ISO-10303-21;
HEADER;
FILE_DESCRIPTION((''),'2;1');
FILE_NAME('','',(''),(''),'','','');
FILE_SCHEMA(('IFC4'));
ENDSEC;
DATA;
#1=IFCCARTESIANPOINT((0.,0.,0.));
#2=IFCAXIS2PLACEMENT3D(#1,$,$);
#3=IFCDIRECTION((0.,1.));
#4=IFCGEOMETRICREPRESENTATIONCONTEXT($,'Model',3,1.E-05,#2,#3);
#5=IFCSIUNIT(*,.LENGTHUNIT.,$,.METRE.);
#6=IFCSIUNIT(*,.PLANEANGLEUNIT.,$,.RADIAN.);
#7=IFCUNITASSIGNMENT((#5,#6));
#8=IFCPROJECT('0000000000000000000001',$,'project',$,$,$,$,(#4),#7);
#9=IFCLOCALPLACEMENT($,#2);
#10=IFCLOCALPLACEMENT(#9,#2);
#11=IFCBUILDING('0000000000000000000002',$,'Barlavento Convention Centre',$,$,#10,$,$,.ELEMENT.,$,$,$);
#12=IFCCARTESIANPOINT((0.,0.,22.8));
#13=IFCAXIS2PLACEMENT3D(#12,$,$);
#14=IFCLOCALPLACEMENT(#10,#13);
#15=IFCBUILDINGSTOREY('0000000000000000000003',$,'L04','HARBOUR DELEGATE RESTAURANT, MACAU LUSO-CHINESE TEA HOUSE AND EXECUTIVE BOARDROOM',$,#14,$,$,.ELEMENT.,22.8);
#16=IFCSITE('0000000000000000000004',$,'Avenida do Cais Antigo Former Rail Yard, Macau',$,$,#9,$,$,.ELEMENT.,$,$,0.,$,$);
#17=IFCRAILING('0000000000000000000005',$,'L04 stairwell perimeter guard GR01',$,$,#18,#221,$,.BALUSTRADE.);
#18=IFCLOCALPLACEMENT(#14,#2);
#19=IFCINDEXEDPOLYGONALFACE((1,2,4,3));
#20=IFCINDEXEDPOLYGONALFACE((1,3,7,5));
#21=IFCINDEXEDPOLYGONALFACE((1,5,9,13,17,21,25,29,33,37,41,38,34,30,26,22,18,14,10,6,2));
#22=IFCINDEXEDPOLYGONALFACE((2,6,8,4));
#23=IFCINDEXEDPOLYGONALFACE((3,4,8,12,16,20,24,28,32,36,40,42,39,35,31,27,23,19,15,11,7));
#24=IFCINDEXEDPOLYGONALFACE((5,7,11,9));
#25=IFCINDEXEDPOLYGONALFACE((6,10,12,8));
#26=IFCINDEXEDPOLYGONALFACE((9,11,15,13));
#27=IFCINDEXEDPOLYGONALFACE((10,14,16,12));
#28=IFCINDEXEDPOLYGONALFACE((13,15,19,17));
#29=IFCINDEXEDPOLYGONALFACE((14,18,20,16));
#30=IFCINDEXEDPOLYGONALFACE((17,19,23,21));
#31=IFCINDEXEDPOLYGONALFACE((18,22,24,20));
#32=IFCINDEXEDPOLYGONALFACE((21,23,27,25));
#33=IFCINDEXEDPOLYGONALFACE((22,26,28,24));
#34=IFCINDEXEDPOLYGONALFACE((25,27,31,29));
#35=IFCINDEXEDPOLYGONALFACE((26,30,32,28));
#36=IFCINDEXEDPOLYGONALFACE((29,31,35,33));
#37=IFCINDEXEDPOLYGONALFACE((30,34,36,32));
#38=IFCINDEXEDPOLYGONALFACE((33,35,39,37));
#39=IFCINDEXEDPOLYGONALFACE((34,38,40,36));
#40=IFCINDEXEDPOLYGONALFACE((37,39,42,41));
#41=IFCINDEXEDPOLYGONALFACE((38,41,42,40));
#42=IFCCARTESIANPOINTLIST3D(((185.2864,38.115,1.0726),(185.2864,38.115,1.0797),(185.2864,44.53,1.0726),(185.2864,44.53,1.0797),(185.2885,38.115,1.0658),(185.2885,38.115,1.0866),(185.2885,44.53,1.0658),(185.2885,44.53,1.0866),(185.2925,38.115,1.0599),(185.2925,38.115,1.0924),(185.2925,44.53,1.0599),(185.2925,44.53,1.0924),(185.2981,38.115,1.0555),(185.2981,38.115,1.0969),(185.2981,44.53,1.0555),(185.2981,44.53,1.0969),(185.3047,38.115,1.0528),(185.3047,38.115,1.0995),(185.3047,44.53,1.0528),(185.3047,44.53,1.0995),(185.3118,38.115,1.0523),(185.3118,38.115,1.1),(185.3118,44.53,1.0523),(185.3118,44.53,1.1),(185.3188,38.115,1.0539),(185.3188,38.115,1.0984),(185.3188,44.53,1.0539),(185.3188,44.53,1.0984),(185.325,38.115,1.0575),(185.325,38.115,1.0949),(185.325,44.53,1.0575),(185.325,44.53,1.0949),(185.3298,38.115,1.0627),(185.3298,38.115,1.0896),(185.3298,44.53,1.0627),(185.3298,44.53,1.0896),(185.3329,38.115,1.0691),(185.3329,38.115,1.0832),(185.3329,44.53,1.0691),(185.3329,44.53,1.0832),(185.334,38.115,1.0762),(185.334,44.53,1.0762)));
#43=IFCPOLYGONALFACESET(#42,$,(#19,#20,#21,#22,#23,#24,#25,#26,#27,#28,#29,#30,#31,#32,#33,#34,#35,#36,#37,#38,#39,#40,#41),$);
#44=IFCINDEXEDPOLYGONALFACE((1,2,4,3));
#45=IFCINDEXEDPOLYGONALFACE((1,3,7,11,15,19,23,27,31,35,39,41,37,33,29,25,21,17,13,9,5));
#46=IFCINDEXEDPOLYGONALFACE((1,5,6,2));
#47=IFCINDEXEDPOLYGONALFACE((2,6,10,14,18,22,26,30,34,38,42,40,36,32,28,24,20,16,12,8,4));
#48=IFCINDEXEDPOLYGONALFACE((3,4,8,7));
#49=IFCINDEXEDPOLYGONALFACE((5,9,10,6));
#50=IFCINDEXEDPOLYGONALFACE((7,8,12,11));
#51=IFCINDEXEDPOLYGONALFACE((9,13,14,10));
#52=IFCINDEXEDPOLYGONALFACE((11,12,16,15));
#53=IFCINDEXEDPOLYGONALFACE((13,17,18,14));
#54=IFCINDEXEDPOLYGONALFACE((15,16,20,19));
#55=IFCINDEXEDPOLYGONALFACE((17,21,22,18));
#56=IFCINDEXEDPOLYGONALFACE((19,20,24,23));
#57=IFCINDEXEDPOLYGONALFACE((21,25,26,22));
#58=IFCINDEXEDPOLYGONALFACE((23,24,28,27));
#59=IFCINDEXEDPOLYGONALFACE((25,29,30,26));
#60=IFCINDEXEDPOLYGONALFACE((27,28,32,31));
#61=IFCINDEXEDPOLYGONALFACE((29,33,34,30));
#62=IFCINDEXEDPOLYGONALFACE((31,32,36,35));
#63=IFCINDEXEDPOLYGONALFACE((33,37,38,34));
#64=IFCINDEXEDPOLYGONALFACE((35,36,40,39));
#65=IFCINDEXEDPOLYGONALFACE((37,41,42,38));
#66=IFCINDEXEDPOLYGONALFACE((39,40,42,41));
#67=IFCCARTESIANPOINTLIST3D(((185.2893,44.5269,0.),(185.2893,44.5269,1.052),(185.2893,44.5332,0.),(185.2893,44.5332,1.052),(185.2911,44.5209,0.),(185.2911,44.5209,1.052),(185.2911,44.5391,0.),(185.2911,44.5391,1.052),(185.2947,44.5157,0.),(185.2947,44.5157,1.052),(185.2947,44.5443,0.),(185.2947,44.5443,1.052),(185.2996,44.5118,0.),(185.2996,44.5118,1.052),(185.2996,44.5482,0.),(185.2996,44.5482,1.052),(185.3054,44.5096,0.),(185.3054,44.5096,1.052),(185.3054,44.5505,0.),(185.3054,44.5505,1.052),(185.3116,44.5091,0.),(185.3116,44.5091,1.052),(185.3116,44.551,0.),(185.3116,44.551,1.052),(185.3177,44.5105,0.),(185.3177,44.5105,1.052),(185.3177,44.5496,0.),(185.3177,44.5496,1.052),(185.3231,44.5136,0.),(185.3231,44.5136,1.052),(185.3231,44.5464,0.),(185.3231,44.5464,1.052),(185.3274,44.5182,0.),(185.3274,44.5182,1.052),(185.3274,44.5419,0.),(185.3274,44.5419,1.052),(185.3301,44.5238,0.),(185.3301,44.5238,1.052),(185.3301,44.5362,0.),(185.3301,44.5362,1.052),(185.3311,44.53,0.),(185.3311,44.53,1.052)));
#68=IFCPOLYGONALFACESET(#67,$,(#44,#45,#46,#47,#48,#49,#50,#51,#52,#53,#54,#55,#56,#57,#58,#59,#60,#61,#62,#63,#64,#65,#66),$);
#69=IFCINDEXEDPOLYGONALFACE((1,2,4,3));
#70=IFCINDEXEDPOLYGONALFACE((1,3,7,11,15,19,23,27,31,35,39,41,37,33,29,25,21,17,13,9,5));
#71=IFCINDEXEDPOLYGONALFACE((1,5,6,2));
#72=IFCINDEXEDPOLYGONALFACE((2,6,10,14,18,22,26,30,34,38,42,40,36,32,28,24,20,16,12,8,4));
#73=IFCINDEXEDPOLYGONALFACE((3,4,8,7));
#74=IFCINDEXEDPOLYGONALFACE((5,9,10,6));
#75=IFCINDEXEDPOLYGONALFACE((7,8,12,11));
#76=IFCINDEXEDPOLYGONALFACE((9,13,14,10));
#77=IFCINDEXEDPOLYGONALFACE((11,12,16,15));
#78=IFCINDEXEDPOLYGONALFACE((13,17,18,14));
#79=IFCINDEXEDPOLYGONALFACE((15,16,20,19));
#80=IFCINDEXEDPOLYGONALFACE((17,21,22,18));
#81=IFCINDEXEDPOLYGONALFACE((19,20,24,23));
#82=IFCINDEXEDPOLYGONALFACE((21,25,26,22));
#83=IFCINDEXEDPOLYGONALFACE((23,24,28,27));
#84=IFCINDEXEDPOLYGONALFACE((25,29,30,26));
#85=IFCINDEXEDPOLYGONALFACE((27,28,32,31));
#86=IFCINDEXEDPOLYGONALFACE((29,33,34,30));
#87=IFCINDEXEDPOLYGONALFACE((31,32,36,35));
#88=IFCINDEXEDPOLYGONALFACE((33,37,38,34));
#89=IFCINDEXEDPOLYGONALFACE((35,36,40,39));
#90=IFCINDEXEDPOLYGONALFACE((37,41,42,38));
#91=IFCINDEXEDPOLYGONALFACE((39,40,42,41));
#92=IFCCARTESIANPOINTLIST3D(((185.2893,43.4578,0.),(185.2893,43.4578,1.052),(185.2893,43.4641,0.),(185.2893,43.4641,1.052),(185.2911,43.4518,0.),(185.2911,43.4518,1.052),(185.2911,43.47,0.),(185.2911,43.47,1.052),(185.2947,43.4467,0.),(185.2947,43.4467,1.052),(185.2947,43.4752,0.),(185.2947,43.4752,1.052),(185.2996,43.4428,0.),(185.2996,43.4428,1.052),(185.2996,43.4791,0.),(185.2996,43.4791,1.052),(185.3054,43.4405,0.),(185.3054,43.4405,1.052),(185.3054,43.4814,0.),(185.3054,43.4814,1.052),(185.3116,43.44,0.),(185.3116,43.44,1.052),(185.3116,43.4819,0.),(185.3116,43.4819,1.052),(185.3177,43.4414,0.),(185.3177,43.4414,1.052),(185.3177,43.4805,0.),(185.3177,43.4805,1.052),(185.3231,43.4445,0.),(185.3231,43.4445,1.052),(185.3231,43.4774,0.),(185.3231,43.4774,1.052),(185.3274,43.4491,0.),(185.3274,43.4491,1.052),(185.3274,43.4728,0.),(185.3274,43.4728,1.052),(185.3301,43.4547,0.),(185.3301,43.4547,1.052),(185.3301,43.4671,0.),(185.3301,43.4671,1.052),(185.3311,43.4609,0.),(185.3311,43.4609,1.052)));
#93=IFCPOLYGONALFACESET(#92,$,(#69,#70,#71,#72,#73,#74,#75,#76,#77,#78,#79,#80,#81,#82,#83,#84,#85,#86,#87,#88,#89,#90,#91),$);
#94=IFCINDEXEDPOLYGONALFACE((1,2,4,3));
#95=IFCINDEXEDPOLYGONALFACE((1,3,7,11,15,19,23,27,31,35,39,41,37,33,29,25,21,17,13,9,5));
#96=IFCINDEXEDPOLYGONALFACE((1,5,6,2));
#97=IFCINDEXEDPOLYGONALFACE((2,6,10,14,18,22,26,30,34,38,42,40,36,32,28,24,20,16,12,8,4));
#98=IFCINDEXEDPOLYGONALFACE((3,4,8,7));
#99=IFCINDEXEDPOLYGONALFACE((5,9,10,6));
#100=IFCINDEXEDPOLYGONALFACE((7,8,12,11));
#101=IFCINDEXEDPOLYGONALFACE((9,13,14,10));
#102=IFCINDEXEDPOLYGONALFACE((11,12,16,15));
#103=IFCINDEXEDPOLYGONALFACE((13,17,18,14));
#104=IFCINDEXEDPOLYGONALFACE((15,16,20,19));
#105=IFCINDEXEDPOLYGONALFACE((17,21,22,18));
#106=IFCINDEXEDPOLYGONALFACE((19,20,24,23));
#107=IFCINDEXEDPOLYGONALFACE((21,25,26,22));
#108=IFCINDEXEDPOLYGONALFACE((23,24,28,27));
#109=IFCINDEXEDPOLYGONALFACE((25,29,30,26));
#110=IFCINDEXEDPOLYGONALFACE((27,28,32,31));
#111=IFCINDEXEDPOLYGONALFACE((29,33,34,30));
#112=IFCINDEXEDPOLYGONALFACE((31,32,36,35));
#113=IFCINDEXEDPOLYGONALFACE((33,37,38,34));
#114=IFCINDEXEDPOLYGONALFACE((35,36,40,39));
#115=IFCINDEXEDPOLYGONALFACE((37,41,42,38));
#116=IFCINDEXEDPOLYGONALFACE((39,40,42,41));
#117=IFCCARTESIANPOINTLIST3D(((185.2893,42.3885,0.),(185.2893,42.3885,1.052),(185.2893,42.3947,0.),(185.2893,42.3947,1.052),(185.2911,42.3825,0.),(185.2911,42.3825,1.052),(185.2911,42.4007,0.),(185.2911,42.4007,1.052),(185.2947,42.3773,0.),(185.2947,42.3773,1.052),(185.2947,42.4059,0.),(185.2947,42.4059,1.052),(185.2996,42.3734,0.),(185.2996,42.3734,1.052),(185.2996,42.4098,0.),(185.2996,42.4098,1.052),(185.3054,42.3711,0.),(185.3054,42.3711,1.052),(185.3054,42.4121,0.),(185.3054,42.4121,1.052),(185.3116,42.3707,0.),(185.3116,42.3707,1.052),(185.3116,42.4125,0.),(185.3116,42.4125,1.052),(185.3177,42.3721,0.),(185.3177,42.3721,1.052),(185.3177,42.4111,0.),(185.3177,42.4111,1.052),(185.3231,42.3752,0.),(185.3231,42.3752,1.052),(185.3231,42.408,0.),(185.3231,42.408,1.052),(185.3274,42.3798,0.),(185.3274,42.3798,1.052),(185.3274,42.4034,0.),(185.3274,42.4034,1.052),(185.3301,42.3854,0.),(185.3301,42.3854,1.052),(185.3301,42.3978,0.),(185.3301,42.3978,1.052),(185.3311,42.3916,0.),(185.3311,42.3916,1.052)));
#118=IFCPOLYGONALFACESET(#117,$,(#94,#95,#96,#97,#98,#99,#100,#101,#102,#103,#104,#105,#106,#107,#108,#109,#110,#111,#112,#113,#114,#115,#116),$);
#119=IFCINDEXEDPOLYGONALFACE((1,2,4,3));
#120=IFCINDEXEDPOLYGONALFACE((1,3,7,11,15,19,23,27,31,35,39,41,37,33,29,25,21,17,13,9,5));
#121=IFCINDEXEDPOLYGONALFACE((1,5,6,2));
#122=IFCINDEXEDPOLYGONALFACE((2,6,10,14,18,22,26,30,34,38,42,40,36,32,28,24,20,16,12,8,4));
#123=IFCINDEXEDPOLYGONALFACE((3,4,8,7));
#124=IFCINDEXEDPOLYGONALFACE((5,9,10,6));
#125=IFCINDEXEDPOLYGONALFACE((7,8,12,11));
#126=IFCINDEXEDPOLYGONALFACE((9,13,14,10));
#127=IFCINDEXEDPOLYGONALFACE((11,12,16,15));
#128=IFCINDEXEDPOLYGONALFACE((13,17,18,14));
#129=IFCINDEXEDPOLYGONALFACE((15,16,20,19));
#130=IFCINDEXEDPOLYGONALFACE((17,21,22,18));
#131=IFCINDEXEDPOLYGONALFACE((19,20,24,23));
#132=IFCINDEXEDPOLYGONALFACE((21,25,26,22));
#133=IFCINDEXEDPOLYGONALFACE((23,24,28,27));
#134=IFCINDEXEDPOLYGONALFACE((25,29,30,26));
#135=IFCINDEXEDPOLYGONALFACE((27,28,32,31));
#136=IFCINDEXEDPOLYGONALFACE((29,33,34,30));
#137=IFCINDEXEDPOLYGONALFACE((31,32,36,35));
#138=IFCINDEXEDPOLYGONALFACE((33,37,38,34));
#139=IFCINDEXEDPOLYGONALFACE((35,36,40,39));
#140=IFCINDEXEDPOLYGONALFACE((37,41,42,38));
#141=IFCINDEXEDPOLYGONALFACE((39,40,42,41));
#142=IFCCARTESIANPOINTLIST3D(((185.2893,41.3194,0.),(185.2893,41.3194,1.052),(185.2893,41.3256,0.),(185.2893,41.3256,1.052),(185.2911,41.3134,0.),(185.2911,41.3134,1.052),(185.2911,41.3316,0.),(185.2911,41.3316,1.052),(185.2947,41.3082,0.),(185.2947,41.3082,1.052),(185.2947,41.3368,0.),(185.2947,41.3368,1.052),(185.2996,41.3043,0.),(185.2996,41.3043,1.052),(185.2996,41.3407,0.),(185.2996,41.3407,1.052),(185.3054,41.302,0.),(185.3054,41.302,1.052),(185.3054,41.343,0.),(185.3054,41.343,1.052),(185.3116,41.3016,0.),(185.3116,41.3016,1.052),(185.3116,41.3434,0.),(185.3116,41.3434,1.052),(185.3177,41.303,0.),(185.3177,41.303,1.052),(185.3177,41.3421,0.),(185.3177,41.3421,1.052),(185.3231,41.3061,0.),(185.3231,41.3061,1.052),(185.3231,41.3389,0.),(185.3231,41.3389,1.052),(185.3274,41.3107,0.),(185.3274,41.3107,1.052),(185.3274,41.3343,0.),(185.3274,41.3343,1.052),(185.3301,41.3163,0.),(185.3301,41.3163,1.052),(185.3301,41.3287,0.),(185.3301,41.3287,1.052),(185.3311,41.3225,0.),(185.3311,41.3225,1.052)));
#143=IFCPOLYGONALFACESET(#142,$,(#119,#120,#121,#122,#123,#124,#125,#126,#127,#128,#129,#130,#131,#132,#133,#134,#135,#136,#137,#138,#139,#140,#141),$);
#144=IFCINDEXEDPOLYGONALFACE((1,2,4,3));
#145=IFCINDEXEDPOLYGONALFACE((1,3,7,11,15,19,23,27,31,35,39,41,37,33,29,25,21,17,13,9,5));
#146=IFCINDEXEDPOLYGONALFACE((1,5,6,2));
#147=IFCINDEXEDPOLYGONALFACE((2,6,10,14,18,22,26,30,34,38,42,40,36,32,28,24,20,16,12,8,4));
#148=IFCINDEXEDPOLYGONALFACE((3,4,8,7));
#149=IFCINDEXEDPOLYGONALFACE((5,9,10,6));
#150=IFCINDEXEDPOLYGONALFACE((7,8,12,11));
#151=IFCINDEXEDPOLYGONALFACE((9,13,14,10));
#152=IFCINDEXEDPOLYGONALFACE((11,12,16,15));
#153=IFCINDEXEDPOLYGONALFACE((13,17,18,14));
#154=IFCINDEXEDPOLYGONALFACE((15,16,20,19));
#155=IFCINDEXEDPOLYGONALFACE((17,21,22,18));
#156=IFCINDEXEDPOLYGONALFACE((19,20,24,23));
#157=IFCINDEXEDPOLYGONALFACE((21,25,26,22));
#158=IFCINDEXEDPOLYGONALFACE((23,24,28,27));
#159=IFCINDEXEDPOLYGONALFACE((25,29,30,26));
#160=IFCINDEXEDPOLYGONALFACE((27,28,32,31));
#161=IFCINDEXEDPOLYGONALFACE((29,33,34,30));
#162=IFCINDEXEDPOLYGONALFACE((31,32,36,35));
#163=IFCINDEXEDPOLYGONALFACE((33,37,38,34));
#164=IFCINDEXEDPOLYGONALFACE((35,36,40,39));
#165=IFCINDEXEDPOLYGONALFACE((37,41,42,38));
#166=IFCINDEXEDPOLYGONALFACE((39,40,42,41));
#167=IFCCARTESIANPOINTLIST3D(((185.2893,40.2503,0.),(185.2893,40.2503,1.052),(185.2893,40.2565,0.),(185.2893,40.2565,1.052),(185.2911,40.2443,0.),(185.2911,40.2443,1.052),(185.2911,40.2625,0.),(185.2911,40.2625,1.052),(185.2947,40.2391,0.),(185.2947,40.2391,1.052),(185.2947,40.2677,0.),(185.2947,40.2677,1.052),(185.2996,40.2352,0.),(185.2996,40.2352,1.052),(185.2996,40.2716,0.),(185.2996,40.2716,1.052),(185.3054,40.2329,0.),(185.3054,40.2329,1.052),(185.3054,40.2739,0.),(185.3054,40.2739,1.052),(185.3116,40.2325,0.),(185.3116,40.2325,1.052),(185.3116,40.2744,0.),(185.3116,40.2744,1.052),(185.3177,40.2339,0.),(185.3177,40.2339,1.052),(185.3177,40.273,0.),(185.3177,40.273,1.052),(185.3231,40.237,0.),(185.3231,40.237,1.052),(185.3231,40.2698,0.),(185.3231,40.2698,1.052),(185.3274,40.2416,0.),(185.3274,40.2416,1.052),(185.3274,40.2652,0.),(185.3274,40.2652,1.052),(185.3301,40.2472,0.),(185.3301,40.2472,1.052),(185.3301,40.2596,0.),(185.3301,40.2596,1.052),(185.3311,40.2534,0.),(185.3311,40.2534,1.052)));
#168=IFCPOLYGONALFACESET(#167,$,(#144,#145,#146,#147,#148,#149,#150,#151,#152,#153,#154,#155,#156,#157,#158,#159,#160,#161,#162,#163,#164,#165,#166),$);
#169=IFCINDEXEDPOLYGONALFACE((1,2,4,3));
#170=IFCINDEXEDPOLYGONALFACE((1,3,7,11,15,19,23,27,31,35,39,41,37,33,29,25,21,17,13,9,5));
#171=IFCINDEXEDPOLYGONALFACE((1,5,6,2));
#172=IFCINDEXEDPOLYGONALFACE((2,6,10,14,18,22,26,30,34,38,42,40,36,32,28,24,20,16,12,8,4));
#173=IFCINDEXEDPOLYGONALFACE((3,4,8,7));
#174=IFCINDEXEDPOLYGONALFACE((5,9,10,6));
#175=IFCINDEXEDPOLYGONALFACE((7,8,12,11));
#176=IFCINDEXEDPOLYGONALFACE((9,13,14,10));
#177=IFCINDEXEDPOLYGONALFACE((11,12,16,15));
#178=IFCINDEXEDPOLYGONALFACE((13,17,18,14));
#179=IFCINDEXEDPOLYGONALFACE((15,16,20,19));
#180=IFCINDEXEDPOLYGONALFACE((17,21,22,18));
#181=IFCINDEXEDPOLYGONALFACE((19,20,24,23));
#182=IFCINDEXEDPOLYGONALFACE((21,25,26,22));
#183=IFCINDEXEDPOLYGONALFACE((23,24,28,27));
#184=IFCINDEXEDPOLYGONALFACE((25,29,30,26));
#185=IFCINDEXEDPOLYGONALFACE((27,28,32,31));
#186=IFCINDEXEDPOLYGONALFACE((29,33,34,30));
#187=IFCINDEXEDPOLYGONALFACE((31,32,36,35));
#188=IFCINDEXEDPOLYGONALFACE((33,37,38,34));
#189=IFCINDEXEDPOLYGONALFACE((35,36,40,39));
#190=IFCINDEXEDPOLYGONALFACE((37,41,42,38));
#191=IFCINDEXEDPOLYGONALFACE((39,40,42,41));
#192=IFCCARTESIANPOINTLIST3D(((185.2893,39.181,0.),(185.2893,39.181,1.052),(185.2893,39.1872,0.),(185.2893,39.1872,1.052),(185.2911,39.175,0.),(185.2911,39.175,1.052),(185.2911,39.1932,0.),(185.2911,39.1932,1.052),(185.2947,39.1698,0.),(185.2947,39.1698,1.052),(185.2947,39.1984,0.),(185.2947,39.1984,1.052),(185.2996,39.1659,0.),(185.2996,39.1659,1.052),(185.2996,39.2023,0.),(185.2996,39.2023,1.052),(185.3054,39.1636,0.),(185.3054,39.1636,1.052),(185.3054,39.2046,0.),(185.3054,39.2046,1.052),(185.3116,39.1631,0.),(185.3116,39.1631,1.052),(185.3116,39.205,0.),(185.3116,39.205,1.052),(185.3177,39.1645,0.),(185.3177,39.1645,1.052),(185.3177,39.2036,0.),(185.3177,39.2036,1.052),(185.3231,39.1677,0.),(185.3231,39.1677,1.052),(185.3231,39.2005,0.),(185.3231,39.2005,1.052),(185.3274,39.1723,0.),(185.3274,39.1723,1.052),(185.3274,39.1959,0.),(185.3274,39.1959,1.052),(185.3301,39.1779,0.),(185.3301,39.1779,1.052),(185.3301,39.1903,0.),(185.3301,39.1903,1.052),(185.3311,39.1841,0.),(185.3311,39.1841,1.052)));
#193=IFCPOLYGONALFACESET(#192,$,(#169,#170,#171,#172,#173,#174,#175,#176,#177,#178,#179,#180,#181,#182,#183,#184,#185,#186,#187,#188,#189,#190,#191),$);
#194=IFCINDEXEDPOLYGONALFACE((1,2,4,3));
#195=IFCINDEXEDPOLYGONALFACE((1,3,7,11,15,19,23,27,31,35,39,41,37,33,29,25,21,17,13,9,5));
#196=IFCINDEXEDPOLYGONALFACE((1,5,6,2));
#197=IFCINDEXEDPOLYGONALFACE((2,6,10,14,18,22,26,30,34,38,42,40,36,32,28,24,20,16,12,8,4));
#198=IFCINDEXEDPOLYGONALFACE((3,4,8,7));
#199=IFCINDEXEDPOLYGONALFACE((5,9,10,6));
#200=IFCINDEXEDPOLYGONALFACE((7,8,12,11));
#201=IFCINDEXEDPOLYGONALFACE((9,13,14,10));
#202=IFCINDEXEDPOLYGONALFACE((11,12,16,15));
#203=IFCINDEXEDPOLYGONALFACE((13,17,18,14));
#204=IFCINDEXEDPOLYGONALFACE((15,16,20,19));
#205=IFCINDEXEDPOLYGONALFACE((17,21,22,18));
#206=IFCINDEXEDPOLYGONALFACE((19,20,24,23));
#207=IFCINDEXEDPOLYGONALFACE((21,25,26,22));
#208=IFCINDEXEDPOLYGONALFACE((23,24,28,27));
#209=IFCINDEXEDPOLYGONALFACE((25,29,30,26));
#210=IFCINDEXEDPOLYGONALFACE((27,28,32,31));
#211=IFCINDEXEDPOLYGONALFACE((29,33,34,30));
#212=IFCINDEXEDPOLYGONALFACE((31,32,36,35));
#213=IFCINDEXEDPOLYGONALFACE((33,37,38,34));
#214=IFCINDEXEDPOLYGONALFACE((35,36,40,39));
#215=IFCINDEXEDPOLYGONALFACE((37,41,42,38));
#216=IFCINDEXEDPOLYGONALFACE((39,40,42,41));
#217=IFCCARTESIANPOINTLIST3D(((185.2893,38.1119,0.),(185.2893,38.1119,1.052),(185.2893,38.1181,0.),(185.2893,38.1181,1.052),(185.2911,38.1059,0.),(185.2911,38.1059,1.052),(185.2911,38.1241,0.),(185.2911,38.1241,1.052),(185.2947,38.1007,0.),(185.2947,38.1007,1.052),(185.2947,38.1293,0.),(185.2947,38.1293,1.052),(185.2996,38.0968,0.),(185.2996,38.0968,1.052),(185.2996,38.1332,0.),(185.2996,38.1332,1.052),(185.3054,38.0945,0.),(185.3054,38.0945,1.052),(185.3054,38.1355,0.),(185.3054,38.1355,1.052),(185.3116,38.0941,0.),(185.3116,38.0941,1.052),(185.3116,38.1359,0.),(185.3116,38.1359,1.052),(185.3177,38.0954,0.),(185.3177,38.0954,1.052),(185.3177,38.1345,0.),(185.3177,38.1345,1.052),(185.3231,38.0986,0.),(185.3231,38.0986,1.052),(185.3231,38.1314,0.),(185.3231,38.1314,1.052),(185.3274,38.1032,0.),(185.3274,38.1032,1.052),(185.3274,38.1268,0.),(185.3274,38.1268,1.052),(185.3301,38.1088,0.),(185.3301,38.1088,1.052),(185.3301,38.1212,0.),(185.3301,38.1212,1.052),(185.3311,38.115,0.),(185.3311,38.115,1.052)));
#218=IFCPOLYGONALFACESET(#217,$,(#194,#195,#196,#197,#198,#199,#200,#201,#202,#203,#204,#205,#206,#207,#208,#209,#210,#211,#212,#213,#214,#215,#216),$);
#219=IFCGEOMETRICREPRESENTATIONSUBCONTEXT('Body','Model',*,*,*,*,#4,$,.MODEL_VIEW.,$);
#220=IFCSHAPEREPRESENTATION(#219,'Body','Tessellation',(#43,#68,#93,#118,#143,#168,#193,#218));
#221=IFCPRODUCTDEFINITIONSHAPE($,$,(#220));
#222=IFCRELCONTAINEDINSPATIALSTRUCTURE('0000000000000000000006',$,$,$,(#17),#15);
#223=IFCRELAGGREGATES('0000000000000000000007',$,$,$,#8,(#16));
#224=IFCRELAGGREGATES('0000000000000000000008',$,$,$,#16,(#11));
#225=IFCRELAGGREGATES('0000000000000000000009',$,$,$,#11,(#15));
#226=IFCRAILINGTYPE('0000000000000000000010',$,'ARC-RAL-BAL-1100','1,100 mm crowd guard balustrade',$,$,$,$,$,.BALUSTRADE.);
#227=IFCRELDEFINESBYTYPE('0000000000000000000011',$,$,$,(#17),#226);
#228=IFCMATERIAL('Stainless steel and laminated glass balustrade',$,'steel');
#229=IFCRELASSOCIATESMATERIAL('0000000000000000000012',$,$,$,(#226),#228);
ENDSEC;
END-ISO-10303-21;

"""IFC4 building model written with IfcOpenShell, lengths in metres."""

from ifc_helpers import new_model, si_unit, direction, frame, origin, origin_2d, place, context, subcontext, project, spatial, circle, extrude, material, type_object, element, save


model = new_model("IFC4")

# Units and contexts
model_context = context("Model", 3, precision=1e-05, world=origin(), true_north=direction((0.0, 1.0)))
body_context = subcontext(model_context, "Body", "Model", "MODEL_VIEW")
ifc_project = project(units=[si_unit("LENGTHUNIT", "METRE"), si_unit("PLANEANGLEUNIT", "RADIAN")], contexts=[model_context])

# Site, building, storey
site_placement = place(None, origin())
site = spatial("IfcSite", under=ifc_project, at=site_placement, Name="Avenida do Cais Antigo Former Rail Yard, Macau", CompositionType="ELEMENT", RefElevation=0.0)
building_placement = place(site_placement, origin())
building = spatial("IfcBuilding", under=site, at=building_placement, Name="Barlavento Convention Centre", CompositionType="ELEMENT")
storey_placement = place(building_placement, frame((0.0, 0.0, 22.8)))
storey = spatial("IfcBuildingStorey", under=building, at=storey_placement, Name="L04", Description="HARBOUR DELEGATE RESTAURANT, MACAU LUSO-CHINESE TEA HOUSE AND EXECUTIVE BOARDROOM", CompositionType="ELEMENT", Elevation=22.8)

# Railing
ifc_material_1 = material(Name="Stainless steel and laminated glass balustrade", Category="steel")
railing_type = type_object("IfcRailingType", Name="ARC-RAL-BAL-1100", Description="1,100 mm crowd guard balustrade", PredefinedType="BALUSTRADE", material=ifc_material_1)
railing_placement = place(storey_placement, frame((185.3101, 44.53, 0.0)))
element("IfcRailing", 1, at=railing_placement, inside=storey, type_object=railing_type, Name="L04 stairwell perimeter guard GR01", PredefinedType="BALUSTRADE", context=body_context, shape_type="SweptSolid", body=[
    extrude(circle(Radius=0.0239, at=origin_2d()), frame((0.0, 0.0, 1.0762), z_axis=(0.0, -1.0, 0.0), x_axis=(1.0, 0.0, 0.0)), (0.0, 0.0, 1.0), 6.415),
    extrude(circle(Radius=0.021, at=origin_2d()), origin(), (0.0, 0.0, 1.0), 1.052),
    extrude(circle(Radius=0.021, at=origin_2d()), frame((0.0, -1.0691, 0.0)), (0.0, 0.0, 1.0), 1.052),
    extrude(circle(Radius=0.021, at=origin_2d()), frame((0.0, -2.1384, 0.0)), (0.0, 0.0, 1.0), 1.052),
    extrude(circle(Radius=0.021, at=origin_2d()), frame((0.0, -3.2075, 0.0)), (0.0, 0.0, 1.0), 1.052),
    extrude(circle(Radius=0.021, at=origin_2d()), frame((0.0, -4.2766, 0.0)), (0.0, 0.0, 1.0), 1.052),
    extrude(circle(Radius=0.021, at=origin_2d()), frame((0.0, -5.3459, 0.0)), (0.0, 0.0, 1.0), 1.052),
    extrude(circle(Radius=0.021, at=origin_2d()), frame((0.0, -6.415, 0.0)), (0.0, 0.0, 1.0), 1.052),
])

save(model, "model.ifc")
